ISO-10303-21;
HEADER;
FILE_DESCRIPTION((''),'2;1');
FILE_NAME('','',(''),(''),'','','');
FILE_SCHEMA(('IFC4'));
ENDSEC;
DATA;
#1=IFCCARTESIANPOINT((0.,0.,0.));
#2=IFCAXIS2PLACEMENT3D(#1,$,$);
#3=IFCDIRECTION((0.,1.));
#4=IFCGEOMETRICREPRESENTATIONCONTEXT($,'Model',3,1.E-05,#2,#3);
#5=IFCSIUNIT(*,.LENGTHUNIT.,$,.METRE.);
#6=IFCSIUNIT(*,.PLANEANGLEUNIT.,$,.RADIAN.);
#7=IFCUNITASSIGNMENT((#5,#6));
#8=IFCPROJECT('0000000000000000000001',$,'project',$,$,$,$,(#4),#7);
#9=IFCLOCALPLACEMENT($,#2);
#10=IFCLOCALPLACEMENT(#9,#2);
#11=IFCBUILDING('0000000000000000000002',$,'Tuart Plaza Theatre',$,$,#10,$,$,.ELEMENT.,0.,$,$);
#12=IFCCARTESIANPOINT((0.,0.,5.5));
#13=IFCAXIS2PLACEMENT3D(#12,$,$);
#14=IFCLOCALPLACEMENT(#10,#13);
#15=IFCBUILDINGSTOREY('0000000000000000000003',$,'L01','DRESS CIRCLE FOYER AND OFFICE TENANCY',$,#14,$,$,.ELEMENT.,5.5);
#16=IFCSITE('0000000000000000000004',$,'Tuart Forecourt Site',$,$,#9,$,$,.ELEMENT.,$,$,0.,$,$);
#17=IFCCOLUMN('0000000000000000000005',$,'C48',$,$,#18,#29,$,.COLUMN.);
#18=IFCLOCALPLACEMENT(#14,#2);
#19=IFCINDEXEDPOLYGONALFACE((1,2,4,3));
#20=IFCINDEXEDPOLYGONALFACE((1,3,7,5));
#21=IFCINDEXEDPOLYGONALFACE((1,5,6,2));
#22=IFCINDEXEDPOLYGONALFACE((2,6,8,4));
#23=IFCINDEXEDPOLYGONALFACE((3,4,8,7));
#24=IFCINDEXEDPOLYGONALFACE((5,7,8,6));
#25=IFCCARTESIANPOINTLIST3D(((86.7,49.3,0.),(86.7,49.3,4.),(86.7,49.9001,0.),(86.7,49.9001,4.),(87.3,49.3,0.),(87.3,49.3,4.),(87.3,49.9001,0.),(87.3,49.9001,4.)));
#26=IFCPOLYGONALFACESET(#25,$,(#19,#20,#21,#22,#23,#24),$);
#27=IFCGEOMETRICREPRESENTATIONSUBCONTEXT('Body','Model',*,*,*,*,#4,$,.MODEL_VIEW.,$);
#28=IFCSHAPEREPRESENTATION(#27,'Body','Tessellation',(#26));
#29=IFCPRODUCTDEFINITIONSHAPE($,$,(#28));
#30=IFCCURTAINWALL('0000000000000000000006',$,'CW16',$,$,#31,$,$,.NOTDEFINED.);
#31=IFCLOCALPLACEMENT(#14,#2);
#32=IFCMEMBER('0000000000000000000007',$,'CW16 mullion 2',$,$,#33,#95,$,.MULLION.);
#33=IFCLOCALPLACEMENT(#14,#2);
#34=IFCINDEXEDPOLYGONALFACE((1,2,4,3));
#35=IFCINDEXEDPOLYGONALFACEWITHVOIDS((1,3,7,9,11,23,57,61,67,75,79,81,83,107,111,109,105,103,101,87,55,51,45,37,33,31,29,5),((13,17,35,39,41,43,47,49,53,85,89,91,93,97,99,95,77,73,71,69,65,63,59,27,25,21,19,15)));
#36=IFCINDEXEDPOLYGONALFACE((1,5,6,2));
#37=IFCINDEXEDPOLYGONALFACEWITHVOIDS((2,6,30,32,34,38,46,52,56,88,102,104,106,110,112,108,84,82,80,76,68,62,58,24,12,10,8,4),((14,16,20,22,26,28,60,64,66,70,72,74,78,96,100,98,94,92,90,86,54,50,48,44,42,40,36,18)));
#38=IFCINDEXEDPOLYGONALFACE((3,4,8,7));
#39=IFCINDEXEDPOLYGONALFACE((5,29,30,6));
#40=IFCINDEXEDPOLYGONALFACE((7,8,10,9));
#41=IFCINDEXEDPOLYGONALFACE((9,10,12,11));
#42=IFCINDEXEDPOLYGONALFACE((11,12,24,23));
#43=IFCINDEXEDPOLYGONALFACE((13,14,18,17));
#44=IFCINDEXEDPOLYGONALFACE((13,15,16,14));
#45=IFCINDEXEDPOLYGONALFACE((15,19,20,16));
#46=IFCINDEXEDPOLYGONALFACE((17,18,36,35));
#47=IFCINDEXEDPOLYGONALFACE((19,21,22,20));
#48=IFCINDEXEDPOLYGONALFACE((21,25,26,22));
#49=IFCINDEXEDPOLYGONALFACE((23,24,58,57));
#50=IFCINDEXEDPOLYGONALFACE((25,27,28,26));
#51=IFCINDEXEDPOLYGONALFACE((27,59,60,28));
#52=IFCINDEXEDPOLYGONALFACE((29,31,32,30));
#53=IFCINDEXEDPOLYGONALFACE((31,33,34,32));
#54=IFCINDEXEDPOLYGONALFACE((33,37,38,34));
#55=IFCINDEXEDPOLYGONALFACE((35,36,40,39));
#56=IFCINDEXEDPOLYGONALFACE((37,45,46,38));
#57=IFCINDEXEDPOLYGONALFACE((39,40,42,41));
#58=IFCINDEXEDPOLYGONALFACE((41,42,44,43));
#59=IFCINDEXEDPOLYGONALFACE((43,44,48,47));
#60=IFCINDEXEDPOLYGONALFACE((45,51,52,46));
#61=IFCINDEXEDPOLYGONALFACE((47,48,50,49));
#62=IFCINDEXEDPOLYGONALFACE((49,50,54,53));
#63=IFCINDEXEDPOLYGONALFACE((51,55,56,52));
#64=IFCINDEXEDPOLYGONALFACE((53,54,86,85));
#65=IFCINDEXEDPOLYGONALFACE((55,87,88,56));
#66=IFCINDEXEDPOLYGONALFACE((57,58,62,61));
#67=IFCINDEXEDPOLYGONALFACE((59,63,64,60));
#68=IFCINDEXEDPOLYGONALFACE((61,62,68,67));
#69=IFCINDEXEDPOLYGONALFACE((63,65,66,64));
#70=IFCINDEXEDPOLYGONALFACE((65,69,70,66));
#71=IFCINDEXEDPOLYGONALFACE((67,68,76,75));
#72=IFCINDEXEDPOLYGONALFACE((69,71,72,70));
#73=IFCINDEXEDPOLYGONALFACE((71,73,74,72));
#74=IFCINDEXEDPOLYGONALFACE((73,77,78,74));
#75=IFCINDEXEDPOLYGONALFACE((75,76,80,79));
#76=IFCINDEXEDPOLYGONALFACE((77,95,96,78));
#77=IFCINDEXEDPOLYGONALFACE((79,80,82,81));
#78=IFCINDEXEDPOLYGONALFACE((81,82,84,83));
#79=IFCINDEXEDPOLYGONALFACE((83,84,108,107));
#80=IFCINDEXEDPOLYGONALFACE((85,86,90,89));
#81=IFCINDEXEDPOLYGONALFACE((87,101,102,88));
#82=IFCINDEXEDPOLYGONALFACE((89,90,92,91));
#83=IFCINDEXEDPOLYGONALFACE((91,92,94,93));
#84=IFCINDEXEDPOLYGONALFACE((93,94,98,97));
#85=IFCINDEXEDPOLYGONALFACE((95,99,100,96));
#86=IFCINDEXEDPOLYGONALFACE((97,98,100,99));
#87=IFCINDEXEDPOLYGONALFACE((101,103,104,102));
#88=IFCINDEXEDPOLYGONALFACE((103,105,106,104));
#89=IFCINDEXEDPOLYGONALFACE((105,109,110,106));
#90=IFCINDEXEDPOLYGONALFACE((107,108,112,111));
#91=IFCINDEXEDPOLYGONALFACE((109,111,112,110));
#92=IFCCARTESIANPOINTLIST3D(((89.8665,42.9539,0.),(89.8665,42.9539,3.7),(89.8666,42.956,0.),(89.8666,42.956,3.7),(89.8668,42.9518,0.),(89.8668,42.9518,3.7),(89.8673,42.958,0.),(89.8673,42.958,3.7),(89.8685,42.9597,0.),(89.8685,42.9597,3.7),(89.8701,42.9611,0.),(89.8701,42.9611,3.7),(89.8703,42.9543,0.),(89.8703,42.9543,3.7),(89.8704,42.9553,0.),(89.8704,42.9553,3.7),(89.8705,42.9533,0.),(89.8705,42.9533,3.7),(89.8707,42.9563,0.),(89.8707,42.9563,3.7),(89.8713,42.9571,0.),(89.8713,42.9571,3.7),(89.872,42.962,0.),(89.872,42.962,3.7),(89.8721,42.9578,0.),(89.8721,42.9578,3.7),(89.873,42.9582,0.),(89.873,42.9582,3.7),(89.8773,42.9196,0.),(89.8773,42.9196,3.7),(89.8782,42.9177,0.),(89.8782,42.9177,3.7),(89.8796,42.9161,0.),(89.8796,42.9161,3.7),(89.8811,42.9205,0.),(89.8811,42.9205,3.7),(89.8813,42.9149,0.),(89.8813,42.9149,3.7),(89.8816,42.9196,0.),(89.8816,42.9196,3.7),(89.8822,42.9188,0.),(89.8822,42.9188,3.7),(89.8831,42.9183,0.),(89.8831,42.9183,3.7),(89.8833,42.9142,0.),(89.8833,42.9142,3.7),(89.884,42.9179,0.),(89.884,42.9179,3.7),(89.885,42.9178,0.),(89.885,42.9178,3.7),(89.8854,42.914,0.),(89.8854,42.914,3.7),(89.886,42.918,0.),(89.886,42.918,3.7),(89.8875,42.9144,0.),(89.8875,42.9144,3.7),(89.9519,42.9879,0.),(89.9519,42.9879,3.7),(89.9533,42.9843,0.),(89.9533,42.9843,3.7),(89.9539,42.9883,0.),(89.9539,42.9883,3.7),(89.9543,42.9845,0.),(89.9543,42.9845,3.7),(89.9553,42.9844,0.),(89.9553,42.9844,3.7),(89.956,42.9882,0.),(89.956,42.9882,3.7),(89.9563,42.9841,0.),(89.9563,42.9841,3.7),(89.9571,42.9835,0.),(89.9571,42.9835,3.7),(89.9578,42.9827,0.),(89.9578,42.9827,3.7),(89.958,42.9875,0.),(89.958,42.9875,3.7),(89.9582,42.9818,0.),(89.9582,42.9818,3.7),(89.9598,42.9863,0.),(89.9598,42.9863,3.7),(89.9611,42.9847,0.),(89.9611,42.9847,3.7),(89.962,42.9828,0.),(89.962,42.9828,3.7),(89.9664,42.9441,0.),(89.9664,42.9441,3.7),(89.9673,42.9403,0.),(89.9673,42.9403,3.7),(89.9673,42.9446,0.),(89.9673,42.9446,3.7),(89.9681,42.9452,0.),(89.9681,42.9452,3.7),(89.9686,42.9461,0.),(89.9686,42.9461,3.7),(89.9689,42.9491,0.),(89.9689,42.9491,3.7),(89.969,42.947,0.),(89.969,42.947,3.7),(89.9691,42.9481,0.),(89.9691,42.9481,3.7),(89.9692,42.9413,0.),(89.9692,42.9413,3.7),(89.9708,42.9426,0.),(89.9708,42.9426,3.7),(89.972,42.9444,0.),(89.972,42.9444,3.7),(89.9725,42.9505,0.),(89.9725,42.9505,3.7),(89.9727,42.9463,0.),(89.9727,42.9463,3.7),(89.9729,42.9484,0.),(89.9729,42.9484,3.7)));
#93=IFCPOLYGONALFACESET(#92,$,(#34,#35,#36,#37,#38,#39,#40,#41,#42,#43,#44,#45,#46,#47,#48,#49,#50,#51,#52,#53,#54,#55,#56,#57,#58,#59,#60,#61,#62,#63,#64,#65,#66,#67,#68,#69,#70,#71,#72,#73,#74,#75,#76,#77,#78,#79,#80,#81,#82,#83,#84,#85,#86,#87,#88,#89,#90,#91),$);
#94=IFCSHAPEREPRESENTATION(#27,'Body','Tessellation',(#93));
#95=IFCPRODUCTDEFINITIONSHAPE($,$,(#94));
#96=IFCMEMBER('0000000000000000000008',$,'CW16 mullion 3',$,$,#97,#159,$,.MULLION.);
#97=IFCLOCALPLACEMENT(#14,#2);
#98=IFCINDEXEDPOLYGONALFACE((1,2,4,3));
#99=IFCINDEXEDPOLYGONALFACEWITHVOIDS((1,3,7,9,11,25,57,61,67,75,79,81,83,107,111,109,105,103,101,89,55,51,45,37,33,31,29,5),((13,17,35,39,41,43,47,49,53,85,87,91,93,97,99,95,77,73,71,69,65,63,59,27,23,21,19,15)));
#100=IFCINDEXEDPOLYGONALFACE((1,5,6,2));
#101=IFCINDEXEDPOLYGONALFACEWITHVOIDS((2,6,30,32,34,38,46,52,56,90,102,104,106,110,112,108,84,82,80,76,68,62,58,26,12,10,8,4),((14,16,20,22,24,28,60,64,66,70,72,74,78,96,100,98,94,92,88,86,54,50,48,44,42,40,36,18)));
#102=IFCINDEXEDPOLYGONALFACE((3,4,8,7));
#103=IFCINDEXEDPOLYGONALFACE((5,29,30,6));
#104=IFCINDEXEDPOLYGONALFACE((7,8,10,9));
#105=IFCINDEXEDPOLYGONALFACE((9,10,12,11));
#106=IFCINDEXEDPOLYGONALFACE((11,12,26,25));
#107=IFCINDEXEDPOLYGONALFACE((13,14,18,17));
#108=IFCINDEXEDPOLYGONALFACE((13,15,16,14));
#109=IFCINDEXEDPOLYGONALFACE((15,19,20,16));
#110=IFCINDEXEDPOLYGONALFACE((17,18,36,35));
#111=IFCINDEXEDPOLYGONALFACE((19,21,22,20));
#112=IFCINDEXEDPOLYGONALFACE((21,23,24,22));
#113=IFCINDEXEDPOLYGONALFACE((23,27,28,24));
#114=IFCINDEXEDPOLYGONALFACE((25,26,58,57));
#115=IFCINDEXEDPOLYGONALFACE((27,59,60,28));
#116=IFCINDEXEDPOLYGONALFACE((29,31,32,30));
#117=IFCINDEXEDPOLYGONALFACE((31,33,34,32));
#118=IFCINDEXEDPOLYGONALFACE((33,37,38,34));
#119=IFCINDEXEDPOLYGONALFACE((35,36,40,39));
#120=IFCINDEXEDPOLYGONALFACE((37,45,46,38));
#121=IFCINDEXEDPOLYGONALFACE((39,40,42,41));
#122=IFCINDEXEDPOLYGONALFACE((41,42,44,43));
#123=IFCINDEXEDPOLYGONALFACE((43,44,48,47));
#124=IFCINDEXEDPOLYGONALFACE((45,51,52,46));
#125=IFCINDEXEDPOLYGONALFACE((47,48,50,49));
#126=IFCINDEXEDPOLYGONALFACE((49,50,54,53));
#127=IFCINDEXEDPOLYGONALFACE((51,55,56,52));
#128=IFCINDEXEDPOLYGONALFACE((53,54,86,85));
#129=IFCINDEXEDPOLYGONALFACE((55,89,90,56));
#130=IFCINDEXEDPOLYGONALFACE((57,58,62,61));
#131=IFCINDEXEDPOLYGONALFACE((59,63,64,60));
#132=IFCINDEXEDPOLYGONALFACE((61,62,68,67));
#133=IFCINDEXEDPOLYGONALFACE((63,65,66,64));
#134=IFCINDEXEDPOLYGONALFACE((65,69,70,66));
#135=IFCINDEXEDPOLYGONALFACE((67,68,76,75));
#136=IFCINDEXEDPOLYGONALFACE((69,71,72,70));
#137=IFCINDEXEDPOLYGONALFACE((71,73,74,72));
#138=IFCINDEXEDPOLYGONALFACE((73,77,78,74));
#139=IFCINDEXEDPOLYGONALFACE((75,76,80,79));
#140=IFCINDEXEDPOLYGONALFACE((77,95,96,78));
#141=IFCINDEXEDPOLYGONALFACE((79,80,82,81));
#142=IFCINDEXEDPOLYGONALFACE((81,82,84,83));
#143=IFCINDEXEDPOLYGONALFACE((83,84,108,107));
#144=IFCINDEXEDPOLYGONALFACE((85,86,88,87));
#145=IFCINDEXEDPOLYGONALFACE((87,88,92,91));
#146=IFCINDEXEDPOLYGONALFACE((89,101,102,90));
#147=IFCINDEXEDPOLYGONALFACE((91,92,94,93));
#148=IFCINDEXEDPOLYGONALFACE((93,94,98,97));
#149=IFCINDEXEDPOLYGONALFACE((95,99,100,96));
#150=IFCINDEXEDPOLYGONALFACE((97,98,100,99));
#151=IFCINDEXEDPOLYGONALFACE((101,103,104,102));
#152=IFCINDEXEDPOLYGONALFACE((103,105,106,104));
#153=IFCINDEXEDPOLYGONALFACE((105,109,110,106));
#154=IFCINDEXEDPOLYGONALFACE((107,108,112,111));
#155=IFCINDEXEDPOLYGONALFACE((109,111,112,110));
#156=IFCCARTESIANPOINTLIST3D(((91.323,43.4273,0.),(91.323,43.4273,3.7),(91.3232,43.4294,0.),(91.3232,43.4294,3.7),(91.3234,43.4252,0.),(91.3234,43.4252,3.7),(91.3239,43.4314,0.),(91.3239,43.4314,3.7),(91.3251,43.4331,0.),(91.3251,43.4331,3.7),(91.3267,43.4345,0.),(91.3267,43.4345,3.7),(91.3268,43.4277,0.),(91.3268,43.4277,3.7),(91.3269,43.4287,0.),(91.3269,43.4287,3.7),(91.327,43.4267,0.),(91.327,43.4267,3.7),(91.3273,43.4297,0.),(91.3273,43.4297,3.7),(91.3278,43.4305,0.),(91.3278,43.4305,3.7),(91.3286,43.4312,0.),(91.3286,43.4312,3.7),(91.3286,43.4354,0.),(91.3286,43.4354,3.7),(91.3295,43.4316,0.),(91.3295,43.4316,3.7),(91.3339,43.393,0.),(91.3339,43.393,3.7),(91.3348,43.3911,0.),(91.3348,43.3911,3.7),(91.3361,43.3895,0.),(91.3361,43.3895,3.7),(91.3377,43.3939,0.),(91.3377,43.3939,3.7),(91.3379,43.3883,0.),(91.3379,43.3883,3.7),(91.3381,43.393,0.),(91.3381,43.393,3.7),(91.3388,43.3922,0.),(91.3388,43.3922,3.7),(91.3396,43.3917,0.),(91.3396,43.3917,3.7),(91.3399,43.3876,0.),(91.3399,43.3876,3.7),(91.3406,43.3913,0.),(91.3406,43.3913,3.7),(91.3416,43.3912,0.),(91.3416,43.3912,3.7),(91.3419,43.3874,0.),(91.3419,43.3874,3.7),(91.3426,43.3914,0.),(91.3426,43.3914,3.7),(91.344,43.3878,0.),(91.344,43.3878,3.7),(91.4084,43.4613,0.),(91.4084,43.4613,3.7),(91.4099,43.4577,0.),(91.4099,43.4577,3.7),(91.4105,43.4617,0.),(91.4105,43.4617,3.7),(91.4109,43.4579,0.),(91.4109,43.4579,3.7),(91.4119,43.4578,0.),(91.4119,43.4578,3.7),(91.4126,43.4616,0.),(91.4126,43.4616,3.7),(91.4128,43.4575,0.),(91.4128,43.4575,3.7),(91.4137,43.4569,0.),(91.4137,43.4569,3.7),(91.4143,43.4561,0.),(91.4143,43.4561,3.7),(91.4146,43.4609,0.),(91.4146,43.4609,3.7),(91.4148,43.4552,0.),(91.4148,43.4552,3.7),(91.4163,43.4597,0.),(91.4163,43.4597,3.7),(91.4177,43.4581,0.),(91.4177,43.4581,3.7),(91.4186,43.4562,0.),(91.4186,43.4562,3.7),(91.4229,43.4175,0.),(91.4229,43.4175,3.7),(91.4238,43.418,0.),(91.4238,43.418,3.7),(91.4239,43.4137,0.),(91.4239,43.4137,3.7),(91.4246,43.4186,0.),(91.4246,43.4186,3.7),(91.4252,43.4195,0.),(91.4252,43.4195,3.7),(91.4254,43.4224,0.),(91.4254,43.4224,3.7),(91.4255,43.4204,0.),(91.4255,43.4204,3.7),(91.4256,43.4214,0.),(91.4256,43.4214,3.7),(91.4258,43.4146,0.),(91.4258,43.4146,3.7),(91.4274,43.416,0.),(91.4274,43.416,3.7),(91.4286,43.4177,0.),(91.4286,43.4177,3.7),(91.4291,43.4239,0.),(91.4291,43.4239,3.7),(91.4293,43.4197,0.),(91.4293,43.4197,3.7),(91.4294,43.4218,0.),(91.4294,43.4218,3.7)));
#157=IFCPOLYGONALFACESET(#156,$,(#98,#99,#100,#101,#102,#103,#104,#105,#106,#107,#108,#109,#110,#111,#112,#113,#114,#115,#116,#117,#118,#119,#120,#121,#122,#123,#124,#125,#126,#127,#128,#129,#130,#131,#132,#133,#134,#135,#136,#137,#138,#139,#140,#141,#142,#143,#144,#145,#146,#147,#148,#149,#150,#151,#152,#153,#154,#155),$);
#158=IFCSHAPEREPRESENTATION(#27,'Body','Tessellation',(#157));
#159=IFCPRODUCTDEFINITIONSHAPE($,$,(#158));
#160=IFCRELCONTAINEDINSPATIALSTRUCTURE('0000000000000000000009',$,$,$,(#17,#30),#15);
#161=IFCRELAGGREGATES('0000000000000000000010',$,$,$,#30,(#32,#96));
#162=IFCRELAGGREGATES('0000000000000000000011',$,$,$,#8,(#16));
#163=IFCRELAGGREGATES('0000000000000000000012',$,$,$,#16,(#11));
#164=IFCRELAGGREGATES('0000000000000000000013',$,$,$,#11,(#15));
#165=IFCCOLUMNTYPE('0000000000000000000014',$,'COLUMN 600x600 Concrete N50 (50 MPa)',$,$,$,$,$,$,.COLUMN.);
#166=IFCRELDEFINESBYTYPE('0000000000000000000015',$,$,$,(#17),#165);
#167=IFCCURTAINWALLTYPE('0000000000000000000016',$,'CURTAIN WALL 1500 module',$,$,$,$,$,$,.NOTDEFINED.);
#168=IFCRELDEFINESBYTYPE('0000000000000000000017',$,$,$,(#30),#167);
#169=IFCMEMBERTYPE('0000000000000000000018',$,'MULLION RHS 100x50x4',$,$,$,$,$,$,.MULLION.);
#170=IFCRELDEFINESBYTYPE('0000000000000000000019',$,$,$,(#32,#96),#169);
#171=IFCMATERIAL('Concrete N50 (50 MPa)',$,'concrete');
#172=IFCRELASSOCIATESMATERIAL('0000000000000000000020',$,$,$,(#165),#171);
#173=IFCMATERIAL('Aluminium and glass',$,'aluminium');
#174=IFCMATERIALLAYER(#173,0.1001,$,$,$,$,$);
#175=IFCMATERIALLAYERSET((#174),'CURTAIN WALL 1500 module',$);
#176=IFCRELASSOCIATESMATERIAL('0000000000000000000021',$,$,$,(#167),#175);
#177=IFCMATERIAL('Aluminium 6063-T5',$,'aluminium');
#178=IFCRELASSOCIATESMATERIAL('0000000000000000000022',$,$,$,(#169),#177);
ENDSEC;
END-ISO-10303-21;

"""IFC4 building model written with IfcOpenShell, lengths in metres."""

from ifc_helpers import new_model, si_unit, direction, frame, origin, origin_2d, place, context, subcontext, project, spatial, rectangle, hollow_rectangle, extrude, material, layer, layer_set, material_profile, profile_set, type_object, element, aggregate, save


model = new_model("IFC4")

# Units and contexts
model_context = context("Model", 3, precision=1e-05, world=origin(), true_north=direction((0.0, 1.0)))
body_context = subcontext(model_context, "Body", "Model", "MODEL_VIEW")
ifc_project = project(units=[si_unit("LENGTHUNIT", "METRE"), si_unit("PLANEANGLEUNIT", "RADIAN")], contexts=[model_context])

# Site, building, storey
site_placement = place(None, origin())
site = spatial("IfcSite", under=ifc_project, at=site_placement, Name="Tuart Forecourt Site", CompositionType="ELEMENT", RefElevation=0.0)
building_placement = place(site_placement, origin())
building = spatial("IfcBuilding", under=site, at=building_placement, Name="Tuart Plaza Theatre", CompositionType="ELEMENT", ElevationOfRefHeight=0.0)
storey_placement = place(building_placement, frame((0.0, 0.0, 5.5)))
storey = spatial("IfcBuildingStorey", under=building, at=storey_placement, Name="L01", Description="DRESS CIRCLE FOYER AND OFFICE TENANCY", CompositionType="ELEMENT", Elevation=5.5)

# Column
ifc_material_1 = material(Name="Concrete N50 (50 MPa)", Category="concrete")
ifc_material_profile_1 = material_profile(ifc_material_1, rectangle(XDim=0.6001, YDim=0.6001, at=origin_2d()), Name="COLUMN 600x600 Concrete N50 (50 MPa)")
ifc_profile_set_1 = profile_set([ifc_material_profile_1], Name="Concrete N50 (50 MPa)")
column_type = type_object("IfcColumnType", Name="COLUMN 600x600 Concrete N50 (50 MPa)", PredefinedType="COLUMN", material=ifc_profile_set_1)
column_placement = place(storey_placement, frame((87.0, 49.6001, 0.0), z_axis=(0.0, 0.0, 1.0), x_axis=(1.0, 0.0, 0.0)))
element("IfcColumn", 1, at=column_placement, inside=storey, type_object=column_type, Name="C48", PredefinedType="COLUMN", context=body_context, shape_type="SweptSolid", body=[
    extrude(rectangle(XDim=0.6001, YDim=0.6001, at=origin_2d()), origin(), (0.0, 0.0, 1.0), 4.0),
])

# Curtain wall, members
ifc_material_2 = material(Name="Aluminium and glass", Category="aluminium")
ifc_layer_1 = layer(ifc_material_2, 0.1001)
ifc_layer_set_1 = layer_set([ifc_layer_1], Name="CURTAIN WALL 1500 module")
curtain_wall_type = type_object("IfcCurtainWallType", Name="CURTAIN WALL 1500 module", PredefinedType="NOTDEFINED", material=ifc_layer_set_1)
curtain_wall_placement = place(storey_placement, origin())
curtain_wall = element("IfcCurtainWall", 2, at=curtain_wall_placement, inside=storey, type_object=curtain_wall_type, Name="CW16", PredefinedType="NOTDEFINED")
ifc_material_3 = material(Name="Aluminium 6063-T5", Category="aluminium")
ifc_material_profile_2 = material_profile(ifc_material_3, hollow_rectangle(XDim=0.05, YDim=0.1001, WallThickness=0.0039, InnerFilletRadius=0.0039, OuterFilletRadius=0.0081, at=origin_2d()), Name="RHS 100x50x4")
ifc_profile_set_2 = profile_set([ifc_material_profile_2], Name="Aluminium 6063-T5")
member_type_1 = type_object("IfcMemberType", Name="MULLION RHS 100x50x4", PredefinedType="MULLION", material=ifc_profile_set_2)
member_1_placement = place(storey_placement, frame((89.9197, 42.9512, 0.0), z_axis=(0.0, 0.0, 1.0), x_axis=(-0.309018, 0.951056, 0.0)))
member_1 = element("IfcMember", 3, at=member_1_placement, type_object=member_type_1, Name="CW16 mullion 2", PredefinedType="MULLION", context=body_context, shape_type="SweptSolid", body=[
    extrude(hollow_rectangle(XDim=0.05, YDim=0.1001, WallThickness=0.0039, InnerFilletRadius=0.0039, OuterFilletRadius=0.0081, at=origin_2d()), origin(), (0.0, 0.0, 1.0), 3.7),
])
member_2_placement = place(storey_placement, frame((91.3762, 43.4246, 0.0), z_axis=(0.0, 0.0, 1.0), x_axis=(-0.309018, 0.951056, 0.0)))
member_2 = element("IfcMember", 4, at=member_2_placement, type_object=member_type_1, Name="CW16 mullion 3", PredefinedType="MULLION", context=body_context, shape_type="SweptSolid", body=[
    extrude(hollow_rectangle(XDim=0.05, YDim=0.1001, WallThickness=0.0039, InnerFilletRadius=0.0039, OuterFilletRadius=0.0081, at=origin_2d()), origin(), (0.0, 0.0, 1.0), 3.7),
])
aggregate(curtain_wall, [member_1, member_2])

save(model, "model.ifc")
